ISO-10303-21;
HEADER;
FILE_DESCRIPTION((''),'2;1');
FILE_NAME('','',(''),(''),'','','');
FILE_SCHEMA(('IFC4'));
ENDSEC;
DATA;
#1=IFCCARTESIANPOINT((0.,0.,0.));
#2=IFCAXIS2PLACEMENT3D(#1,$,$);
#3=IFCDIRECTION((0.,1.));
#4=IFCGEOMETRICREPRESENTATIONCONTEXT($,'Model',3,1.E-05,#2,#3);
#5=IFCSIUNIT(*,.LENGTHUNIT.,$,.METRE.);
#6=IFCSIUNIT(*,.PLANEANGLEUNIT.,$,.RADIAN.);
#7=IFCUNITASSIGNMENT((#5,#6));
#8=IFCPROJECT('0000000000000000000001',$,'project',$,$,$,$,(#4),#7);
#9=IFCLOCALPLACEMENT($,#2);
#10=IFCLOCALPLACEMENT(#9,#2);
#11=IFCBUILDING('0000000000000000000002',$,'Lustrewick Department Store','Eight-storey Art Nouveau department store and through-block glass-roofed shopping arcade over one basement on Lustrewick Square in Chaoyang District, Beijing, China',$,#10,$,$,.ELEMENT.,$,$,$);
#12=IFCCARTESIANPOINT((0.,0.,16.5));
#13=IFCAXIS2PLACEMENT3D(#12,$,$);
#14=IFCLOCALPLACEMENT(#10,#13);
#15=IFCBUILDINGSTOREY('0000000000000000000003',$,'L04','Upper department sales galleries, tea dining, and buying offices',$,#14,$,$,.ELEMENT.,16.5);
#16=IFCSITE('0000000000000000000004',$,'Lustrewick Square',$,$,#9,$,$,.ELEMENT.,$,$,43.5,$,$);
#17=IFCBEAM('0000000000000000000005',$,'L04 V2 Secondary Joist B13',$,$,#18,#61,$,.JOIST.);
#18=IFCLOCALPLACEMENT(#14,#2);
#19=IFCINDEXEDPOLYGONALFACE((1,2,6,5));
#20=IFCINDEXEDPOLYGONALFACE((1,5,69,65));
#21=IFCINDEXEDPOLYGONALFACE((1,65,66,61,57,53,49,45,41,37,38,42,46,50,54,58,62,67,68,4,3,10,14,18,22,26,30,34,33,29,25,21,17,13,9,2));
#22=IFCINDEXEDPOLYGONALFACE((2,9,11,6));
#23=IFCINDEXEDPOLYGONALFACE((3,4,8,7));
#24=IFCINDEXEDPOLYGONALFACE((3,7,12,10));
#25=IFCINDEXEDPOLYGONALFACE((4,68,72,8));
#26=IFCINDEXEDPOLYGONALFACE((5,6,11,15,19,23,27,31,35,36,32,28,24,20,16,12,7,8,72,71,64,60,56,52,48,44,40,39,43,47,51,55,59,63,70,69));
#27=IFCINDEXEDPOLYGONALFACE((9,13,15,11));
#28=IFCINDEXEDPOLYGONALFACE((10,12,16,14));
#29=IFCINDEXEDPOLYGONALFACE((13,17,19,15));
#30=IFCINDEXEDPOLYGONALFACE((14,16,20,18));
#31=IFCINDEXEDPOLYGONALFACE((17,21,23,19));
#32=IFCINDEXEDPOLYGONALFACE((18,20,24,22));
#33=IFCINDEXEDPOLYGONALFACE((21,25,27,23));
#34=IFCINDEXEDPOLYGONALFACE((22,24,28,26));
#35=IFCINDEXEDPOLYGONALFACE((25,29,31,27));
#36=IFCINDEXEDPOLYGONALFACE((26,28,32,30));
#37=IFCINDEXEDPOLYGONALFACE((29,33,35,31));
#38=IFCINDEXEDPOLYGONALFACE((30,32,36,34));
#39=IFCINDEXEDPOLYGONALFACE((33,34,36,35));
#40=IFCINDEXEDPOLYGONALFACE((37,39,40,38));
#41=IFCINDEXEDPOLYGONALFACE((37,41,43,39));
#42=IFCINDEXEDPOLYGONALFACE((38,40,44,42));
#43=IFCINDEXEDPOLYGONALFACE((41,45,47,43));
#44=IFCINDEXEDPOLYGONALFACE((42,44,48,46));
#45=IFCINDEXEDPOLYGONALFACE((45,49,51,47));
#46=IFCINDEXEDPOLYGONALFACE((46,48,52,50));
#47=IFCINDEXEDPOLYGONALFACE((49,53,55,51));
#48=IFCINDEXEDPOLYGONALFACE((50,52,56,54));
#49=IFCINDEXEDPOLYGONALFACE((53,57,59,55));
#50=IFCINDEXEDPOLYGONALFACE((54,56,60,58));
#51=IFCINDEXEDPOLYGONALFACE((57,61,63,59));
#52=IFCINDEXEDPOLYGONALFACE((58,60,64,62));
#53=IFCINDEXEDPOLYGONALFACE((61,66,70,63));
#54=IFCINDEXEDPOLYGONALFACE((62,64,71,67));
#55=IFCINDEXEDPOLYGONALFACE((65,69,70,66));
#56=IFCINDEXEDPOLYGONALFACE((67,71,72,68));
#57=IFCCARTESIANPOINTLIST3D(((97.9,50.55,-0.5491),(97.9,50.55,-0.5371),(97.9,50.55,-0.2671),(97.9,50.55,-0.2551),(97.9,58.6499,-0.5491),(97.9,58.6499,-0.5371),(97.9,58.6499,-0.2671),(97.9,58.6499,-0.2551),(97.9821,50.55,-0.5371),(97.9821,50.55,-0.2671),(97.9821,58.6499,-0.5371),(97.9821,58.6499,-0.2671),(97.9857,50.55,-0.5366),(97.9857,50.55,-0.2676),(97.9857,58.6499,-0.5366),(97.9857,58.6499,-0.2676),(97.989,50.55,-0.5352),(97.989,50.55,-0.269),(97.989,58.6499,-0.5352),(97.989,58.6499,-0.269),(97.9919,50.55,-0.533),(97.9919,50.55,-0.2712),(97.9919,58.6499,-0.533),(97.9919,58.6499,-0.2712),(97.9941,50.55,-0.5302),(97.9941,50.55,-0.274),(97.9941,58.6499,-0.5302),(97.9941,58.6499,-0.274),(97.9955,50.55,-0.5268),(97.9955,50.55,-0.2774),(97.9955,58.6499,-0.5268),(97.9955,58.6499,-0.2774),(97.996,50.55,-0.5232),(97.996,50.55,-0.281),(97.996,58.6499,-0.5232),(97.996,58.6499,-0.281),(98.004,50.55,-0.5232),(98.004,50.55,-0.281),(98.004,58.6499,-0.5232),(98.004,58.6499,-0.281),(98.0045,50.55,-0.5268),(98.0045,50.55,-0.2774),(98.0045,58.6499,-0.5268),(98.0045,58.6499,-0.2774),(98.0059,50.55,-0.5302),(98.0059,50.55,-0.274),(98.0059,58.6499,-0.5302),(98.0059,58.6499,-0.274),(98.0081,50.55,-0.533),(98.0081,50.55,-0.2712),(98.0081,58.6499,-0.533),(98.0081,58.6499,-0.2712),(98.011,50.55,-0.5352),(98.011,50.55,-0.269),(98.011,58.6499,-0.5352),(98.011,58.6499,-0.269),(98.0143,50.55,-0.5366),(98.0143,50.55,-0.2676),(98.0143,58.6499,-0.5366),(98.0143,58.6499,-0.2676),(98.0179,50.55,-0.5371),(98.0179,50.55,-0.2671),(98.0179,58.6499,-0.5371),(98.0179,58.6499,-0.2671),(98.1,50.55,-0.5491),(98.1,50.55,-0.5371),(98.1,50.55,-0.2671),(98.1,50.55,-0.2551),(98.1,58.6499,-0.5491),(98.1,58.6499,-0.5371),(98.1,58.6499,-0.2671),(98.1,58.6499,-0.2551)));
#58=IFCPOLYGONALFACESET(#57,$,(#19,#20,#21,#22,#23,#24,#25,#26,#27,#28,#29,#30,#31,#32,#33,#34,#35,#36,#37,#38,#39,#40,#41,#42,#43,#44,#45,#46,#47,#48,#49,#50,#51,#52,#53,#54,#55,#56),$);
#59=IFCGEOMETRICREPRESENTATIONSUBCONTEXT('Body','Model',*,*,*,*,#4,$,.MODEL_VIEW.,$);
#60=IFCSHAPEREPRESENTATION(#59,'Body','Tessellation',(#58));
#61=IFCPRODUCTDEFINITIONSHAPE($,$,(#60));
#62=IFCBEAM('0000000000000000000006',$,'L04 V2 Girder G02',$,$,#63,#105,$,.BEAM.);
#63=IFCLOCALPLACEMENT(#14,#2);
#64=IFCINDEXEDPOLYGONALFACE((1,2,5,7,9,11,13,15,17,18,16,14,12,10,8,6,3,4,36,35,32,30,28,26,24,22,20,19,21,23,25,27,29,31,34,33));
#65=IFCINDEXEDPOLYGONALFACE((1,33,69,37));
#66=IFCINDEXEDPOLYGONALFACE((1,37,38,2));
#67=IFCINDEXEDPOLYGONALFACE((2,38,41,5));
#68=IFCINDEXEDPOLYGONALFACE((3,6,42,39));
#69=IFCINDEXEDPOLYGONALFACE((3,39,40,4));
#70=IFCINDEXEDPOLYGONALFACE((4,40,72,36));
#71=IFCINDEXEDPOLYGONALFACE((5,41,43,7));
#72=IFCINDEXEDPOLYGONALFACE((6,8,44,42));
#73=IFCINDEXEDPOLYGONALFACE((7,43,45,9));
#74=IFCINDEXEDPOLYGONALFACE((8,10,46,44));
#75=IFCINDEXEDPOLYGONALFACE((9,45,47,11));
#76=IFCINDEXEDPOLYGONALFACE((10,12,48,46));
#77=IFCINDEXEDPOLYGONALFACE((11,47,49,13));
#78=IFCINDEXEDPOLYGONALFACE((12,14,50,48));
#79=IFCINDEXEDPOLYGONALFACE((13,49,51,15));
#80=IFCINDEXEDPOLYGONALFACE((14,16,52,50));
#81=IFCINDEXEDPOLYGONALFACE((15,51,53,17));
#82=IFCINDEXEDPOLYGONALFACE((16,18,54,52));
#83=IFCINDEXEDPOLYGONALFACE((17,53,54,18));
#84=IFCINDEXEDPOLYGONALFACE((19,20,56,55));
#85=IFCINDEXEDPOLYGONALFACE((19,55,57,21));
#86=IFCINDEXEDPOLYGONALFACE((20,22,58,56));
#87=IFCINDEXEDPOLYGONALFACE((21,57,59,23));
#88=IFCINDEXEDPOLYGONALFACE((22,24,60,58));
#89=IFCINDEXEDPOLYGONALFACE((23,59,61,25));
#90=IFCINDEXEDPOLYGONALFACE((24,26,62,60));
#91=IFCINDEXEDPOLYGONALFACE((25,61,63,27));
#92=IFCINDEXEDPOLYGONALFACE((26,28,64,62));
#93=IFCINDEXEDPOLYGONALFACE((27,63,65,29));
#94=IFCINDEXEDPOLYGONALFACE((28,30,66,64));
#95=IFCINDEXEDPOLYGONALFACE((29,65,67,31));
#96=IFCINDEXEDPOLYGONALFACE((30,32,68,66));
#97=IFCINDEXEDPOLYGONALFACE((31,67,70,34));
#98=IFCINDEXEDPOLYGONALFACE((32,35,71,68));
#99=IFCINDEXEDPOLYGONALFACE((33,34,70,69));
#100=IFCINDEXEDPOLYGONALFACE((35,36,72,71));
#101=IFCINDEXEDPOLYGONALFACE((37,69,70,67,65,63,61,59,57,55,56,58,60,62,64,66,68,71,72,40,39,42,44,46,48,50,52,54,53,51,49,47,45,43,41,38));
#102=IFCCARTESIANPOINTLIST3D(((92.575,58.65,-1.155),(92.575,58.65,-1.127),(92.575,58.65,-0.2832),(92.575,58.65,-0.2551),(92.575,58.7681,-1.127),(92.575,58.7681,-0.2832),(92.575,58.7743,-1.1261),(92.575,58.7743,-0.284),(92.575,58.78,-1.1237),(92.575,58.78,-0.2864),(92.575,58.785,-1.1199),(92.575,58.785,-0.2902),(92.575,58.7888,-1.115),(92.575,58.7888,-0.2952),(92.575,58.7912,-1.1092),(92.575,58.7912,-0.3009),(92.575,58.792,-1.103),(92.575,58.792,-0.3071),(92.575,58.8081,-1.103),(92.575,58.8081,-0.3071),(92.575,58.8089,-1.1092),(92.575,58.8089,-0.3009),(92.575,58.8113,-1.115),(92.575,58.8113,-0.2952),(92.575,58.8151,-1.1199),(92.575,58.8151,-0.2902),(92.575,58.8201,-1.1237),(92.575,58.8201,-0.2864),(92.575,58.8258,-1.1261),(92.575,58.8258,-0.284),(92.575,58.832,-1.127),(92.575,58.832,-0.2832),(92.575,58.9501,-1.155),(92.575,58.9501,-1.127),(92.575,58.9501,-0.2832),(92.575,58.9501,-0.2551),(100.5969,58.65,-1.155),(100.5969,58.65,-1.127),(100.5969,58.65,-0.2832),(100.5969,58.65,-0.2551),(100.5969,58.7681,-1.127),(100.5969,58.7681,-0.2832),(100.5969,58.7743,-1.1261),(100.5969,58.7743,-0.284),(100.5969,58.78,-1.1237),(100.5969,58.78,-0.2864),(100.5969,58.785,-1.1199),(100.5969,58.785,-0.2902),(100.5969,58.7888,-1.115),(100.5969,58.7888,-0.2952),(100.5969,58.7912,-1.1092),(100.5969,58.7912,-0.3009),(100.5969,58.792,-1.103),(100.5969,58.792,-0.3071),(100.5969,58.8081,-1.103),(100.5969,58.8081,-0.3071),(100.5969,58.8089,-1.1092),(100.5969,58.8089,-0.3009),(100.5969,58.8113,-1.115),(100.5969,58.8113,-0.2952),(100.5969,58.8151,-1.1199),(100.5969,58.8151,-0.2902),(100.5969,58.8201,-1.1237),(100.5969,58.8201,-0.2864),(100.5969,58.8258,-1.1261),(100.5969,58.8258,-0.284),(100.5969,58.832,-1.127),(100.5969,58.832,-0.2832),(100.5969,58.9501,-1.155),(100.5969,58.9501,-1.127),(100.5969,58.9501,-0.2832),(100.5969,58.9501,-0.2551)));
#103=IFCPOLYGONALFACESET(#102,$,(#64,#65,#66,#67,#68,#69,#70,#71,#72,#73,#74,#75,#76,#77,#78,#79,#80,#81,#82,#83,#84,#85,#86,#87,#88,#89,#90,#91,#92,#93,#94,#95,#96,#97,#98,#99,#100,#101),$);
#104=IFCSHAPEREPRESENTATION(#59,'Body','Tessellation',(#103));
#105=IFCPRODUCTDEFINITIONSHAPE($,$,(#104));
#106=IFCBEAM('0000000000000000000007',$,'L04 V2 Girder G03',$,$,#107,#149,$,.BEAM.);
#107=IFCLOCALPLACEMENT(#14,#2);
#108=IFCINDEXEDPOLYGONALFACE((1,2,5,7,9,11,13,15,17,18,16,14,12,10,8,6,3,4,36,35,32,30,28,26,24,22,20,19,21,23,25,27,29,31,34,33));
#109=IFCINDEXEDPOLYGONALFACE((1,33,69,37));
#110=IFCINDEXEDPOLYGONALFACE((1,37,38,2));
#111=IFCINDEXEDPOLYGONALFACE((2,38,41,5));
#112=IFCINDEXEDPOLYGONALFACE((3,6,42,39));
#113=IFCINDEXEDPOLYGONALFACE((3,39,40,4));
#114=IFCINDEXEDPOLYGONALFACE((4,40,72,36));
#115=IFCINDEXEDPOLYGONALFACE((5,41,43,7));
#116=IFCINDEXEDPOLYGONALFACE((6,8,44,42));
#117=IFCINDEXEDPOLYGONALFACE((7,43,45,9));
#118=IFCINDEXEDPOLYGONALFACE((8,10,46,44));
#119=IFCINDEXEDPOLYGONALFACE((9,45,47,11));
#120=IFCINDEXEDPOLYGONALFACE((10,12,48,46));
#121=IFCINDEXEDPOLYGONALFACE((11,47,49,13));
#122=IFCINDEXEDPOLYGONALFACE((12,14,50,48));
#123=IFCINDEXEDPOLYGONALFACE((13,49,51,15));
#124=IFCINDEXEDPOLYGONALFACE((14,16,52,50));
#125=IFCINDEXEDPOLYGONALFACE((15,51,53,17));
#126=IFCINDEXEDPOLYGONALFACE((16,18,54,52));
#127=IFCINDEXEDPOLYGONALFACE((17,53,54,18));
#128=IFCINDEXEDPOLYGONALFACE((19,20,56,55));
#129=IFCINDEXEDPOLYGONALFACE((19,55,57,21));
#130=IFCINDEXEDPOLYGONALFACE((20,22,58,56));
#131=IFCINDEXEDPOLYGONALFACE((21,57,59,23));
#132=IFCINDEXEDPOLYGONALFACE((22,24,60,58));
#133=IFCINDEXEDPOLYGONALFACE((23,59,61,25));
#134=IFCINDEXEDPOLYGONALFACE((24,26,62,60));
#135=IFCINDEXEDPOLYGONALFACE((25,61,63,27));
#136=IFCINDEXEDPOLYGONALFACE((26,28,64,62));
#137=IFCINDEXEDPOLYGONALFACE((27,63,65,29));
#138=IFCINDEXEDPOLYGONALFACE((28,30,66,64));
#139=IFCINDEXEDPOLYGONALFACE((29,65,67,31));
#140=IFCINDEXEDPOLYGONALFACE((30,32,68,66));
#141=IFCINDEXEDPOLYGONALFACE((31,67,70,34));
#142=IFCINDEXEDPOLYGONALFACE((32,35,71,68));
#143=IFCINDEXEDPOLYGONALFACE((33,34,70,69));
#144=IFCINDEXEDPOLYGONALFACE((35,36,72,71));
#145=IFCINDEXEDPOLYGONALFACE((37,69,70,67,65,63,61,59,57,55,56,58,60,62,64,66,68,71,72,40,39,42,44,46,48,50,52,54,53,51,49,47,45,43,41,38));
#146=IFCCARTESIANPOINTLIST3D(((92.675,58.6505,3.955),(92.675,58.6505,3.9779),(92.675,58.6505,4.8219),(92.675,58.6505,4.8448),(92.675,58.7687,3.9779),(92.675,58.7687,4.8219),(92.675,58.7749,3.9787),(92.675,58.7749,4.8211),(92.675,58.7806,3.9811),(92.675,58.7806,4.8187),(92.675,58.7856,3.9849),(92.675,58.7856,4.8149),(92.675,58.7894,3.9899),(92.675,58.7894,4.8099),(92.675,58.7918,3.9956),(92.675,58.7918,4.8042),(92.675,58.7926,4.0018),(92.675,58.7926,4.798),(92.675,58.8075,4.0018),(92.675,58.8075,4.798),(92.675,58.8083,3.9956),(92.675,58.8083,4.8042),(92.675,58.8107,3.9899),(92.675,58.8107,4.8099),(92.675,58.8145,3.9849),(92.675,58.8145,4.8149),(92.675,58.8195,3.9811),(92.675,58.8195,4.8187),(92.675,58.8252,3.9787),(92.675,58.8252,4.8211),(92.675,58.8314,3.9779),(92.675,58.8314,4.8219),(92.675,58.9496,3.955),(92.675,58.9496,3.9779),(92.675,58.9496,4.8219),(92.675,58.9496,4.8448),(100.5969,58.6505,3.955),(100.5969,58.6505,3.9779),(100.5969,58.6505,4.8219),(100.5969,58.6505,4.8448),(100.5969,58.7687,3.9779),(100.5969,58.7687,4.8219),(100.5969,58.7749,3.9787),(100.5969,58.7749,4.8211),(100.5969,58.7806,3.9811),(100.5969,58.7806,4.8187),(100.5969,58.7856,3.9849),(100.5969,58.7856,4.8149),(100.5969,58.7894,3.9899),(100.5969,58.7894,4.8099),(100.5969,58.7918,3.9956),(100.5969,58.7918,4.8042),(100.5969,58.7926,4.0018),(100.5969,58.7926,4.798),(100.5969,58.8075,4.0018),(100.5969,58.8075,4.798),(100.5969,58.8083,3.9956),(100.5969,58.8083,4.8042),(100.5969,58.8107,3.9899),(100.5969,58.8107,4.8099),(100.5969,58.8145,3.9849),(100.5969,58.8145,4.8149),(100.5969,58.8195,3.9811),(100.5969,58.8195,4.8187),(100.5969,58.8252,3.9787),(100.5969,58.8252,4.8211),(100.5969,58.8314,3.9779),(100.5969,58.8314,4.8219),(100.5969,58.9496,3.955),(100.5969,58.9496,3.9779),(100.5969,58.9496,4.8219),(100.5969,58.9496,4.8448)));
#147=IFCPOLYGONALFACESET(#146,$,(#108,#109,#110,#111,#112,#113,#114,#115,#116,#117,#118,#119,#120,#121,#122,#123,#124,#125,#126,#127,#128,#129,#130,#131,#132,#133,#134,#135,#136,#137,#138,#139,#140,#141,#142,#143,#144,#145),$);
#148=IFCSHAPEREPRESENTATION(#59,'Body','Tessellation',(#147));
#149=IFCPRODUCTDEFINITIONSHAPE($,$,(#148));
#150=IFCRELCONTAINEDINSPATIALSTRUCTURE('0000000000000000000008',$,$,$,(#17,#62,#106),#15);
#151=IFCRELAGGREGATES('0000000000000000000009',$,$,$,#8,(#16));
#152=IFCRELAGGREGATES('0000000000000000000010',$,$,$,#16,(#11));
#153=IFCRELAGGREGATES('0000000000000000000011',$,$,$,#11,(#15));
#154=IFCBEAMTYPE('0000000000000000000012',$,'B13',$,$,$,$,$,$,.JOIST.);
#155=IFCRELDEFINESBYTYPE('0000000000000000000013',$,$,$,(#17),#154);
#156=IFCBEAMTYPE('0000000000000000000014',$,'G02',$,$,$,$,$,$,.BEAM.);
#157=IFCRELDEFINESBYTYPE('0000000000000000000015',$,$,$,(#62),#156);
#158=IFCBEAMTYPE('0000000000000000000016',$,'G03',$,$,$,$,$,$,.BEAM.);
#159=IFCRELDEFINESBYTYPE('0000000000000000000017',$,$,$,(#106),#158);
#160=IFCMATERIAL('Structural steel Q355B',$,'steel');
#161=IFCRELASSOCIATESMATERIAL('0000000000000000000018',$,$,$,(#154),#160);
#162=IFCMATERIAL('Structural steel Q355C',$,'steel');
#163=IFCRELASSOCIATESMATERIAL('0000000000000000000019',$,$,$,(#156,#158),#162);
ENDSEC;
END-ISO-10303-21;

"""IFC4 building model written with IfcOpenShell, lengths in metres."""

from ifc_helpers import new_model, si_unit, direction, frame, origin, origin_2d, place, context, subcontext, project, spatial, i_section, extrude, material, material_profile, profile_set, type_object, element, save


model = new_model("IFC4")

# Units and contexts
model_context = context("Model", 3, precision=1e-05, world=origin(), true_north=direction((0.0, 1.0)))
body_context = subcontext(model_context, "Body", "Model", "MODEL_VIEW")
ifc_project = project(units=[si_unit("LENGTHUNIT", "METRE"), si_unit("PLANEANGLEUNIT", "RADIAN")], contexts=[model_context])

# Site, building, storey
site_placement = place(None, origin())
site = spatial("IfcSite", under=ifc_project, at=site_placement, Name="Lustrewick Square", CompositionType="ELEMENT", RefElevation=43.5)
building_placement = place(site_placement, origin())
building = spatial("IfcBuilding", under=site, at=building_placement, Name="Lustrewick Department Store", Description="Eight-storey Art Nouveau department store and through-block glass-roofed shopping arcade over one basement on Lustrewick Square in Chaoyang District, Beijing, China", CompositionType="ELEMENT")
storey_placement = place(building_placement, frame((0.0, 0.0, 16.5)))
storey = spatial("IfcBuildingStorey", under=building, at=storey_placement, Name="L04", Description="Upper department sales galleries, tea dining, and buying offices", CompositionType="ELEMENT", Elevation=16.5)

# Shared definitions
ifc_material_1 = material(Name="Structural steel Q355C", Category="steel")
ifc_material_2 = material(Name="Structural steel Q355B", Category="steel")

# Beams
ifc_material_profile_1 = material_profile(ifc_material_2, i_section(OverallWidth=0.2, OverallDepth=0.2939, WebThickness=0.0081, FlangeThickness=0.012, FilletRadius=0.0139, at=origin_2d()), Name="HM 294x200x8x12")
ifc_profile_set_1 = profile_set([ifc_material_profile_1], Name="Structural steel Q355B")
beam_type_1 = type_object("IfcBeamType", Name="B13", PredefinedType="JOIST", material=ifc_profile_set_1)
beam_1_placement = place(storey_placement, frame((98.0, 50.55, -0.4021), z_axis=(0.0, 1.0, 0.0), x_axis=(-1.0, 0.0, 0.0)))
element("IfcBeam", 1, at=beam_1_placement, inside=storey, type_object=beam_type_1, Name="L04 V2 Secondary Joist B13", PredefinedType="JOIST", context=body_context, shape_type="SweptSolid", body=[
    extrude(i_section(OverallWidth=0.2, OverallDepth=0.2939, WebThickness=0.0081, FlangeThickness=0.012, FilletRadius=0.0139, at=origin_2d()), origin(), (0.0, 0.0, 1.0), 8.0999),
])
ifc_material_profile_2 = material_profile(ifc_material_1, i_section(OverallWidth=0.3, OverallDepth=0.8999, WebThickness=0.0161, FlangeThickness=0.0281, FilletRadius=0.0239, at=origin_2d()), Name="HN 900x300x16x28")
ifc_profile_set_2 = profile_set([ifc_material_profile_2], Name="Structural steel Q355C")
beam_type_2 = type_object("IfcBeamType", Name="G02", PredefinedType="BEAM", material=ifc_profile_set_2)
beam_2_placement = place(storey_placement, frame((92.575, 58.8, -0.7051), z_axis=(1.0, 0.0, 0.0), x_axis=(0.0, 1.0, 0.0)))
element("IfcBeam", 2, at=beam_2_placement, inside=storey, type_object=beam_type_2, Name="L04 V2 Girder G02", PredefinedType="BEAM", context=body_context, shape_type="SweptSolid", body=[
    extrude(i_section(OverallWidth=0.3, OverallDepth=0.8999, WebThickness=0.0161, FlangeThickness=0.0281, FilletRadius=0.0239, at=origin_2d()), origin(), (0.0, 0.0, 1.0), 8.022),
])
ifc_material_profile_3 = material_profile(ifc_material_1, i_section(OverallWidth=0.2991, OverallDepth=0.8899, WebThickness=0.0149, FlangeThickness=0.0229, FilletRadius=0.0239, at=origin_2d()), Name="HN 890x299x15x23")
ifc_profile_set_3 = profile_set([ifc_material_profile_3], Name="Structural steel Q355C")
beam_type_3 = type_object("IfcBeamType", Name="G03", PredefinedType="BEAM", material=ifc_profile_set_3)
beam_3_placement = place(storey_placement, frame((92.675, 58.8, 4.3999), z_axis=(1.0, 0.0, 0.0), x_axis=(0.0, 1.0, 0.0)))
element("IfcBeam", 3, at=beam_3_placement, inside=storey, type_object=beam_type_3, Name="L04 V2 Girder G03", PredefinedType="BEAM", context=body_context, shape_type="SweptSolid", body=[
    extrude(i_section(OverallWidth=0.2991, OverallDepth=0.8899, WebThickness=0.0149, FlangeThickness=0.0229, FilletRadius=0.0239, at=origin_2d()), origin(), (0.0, 0.0, 1.0), 7.9219),
])

save(model, "model.ifc")
